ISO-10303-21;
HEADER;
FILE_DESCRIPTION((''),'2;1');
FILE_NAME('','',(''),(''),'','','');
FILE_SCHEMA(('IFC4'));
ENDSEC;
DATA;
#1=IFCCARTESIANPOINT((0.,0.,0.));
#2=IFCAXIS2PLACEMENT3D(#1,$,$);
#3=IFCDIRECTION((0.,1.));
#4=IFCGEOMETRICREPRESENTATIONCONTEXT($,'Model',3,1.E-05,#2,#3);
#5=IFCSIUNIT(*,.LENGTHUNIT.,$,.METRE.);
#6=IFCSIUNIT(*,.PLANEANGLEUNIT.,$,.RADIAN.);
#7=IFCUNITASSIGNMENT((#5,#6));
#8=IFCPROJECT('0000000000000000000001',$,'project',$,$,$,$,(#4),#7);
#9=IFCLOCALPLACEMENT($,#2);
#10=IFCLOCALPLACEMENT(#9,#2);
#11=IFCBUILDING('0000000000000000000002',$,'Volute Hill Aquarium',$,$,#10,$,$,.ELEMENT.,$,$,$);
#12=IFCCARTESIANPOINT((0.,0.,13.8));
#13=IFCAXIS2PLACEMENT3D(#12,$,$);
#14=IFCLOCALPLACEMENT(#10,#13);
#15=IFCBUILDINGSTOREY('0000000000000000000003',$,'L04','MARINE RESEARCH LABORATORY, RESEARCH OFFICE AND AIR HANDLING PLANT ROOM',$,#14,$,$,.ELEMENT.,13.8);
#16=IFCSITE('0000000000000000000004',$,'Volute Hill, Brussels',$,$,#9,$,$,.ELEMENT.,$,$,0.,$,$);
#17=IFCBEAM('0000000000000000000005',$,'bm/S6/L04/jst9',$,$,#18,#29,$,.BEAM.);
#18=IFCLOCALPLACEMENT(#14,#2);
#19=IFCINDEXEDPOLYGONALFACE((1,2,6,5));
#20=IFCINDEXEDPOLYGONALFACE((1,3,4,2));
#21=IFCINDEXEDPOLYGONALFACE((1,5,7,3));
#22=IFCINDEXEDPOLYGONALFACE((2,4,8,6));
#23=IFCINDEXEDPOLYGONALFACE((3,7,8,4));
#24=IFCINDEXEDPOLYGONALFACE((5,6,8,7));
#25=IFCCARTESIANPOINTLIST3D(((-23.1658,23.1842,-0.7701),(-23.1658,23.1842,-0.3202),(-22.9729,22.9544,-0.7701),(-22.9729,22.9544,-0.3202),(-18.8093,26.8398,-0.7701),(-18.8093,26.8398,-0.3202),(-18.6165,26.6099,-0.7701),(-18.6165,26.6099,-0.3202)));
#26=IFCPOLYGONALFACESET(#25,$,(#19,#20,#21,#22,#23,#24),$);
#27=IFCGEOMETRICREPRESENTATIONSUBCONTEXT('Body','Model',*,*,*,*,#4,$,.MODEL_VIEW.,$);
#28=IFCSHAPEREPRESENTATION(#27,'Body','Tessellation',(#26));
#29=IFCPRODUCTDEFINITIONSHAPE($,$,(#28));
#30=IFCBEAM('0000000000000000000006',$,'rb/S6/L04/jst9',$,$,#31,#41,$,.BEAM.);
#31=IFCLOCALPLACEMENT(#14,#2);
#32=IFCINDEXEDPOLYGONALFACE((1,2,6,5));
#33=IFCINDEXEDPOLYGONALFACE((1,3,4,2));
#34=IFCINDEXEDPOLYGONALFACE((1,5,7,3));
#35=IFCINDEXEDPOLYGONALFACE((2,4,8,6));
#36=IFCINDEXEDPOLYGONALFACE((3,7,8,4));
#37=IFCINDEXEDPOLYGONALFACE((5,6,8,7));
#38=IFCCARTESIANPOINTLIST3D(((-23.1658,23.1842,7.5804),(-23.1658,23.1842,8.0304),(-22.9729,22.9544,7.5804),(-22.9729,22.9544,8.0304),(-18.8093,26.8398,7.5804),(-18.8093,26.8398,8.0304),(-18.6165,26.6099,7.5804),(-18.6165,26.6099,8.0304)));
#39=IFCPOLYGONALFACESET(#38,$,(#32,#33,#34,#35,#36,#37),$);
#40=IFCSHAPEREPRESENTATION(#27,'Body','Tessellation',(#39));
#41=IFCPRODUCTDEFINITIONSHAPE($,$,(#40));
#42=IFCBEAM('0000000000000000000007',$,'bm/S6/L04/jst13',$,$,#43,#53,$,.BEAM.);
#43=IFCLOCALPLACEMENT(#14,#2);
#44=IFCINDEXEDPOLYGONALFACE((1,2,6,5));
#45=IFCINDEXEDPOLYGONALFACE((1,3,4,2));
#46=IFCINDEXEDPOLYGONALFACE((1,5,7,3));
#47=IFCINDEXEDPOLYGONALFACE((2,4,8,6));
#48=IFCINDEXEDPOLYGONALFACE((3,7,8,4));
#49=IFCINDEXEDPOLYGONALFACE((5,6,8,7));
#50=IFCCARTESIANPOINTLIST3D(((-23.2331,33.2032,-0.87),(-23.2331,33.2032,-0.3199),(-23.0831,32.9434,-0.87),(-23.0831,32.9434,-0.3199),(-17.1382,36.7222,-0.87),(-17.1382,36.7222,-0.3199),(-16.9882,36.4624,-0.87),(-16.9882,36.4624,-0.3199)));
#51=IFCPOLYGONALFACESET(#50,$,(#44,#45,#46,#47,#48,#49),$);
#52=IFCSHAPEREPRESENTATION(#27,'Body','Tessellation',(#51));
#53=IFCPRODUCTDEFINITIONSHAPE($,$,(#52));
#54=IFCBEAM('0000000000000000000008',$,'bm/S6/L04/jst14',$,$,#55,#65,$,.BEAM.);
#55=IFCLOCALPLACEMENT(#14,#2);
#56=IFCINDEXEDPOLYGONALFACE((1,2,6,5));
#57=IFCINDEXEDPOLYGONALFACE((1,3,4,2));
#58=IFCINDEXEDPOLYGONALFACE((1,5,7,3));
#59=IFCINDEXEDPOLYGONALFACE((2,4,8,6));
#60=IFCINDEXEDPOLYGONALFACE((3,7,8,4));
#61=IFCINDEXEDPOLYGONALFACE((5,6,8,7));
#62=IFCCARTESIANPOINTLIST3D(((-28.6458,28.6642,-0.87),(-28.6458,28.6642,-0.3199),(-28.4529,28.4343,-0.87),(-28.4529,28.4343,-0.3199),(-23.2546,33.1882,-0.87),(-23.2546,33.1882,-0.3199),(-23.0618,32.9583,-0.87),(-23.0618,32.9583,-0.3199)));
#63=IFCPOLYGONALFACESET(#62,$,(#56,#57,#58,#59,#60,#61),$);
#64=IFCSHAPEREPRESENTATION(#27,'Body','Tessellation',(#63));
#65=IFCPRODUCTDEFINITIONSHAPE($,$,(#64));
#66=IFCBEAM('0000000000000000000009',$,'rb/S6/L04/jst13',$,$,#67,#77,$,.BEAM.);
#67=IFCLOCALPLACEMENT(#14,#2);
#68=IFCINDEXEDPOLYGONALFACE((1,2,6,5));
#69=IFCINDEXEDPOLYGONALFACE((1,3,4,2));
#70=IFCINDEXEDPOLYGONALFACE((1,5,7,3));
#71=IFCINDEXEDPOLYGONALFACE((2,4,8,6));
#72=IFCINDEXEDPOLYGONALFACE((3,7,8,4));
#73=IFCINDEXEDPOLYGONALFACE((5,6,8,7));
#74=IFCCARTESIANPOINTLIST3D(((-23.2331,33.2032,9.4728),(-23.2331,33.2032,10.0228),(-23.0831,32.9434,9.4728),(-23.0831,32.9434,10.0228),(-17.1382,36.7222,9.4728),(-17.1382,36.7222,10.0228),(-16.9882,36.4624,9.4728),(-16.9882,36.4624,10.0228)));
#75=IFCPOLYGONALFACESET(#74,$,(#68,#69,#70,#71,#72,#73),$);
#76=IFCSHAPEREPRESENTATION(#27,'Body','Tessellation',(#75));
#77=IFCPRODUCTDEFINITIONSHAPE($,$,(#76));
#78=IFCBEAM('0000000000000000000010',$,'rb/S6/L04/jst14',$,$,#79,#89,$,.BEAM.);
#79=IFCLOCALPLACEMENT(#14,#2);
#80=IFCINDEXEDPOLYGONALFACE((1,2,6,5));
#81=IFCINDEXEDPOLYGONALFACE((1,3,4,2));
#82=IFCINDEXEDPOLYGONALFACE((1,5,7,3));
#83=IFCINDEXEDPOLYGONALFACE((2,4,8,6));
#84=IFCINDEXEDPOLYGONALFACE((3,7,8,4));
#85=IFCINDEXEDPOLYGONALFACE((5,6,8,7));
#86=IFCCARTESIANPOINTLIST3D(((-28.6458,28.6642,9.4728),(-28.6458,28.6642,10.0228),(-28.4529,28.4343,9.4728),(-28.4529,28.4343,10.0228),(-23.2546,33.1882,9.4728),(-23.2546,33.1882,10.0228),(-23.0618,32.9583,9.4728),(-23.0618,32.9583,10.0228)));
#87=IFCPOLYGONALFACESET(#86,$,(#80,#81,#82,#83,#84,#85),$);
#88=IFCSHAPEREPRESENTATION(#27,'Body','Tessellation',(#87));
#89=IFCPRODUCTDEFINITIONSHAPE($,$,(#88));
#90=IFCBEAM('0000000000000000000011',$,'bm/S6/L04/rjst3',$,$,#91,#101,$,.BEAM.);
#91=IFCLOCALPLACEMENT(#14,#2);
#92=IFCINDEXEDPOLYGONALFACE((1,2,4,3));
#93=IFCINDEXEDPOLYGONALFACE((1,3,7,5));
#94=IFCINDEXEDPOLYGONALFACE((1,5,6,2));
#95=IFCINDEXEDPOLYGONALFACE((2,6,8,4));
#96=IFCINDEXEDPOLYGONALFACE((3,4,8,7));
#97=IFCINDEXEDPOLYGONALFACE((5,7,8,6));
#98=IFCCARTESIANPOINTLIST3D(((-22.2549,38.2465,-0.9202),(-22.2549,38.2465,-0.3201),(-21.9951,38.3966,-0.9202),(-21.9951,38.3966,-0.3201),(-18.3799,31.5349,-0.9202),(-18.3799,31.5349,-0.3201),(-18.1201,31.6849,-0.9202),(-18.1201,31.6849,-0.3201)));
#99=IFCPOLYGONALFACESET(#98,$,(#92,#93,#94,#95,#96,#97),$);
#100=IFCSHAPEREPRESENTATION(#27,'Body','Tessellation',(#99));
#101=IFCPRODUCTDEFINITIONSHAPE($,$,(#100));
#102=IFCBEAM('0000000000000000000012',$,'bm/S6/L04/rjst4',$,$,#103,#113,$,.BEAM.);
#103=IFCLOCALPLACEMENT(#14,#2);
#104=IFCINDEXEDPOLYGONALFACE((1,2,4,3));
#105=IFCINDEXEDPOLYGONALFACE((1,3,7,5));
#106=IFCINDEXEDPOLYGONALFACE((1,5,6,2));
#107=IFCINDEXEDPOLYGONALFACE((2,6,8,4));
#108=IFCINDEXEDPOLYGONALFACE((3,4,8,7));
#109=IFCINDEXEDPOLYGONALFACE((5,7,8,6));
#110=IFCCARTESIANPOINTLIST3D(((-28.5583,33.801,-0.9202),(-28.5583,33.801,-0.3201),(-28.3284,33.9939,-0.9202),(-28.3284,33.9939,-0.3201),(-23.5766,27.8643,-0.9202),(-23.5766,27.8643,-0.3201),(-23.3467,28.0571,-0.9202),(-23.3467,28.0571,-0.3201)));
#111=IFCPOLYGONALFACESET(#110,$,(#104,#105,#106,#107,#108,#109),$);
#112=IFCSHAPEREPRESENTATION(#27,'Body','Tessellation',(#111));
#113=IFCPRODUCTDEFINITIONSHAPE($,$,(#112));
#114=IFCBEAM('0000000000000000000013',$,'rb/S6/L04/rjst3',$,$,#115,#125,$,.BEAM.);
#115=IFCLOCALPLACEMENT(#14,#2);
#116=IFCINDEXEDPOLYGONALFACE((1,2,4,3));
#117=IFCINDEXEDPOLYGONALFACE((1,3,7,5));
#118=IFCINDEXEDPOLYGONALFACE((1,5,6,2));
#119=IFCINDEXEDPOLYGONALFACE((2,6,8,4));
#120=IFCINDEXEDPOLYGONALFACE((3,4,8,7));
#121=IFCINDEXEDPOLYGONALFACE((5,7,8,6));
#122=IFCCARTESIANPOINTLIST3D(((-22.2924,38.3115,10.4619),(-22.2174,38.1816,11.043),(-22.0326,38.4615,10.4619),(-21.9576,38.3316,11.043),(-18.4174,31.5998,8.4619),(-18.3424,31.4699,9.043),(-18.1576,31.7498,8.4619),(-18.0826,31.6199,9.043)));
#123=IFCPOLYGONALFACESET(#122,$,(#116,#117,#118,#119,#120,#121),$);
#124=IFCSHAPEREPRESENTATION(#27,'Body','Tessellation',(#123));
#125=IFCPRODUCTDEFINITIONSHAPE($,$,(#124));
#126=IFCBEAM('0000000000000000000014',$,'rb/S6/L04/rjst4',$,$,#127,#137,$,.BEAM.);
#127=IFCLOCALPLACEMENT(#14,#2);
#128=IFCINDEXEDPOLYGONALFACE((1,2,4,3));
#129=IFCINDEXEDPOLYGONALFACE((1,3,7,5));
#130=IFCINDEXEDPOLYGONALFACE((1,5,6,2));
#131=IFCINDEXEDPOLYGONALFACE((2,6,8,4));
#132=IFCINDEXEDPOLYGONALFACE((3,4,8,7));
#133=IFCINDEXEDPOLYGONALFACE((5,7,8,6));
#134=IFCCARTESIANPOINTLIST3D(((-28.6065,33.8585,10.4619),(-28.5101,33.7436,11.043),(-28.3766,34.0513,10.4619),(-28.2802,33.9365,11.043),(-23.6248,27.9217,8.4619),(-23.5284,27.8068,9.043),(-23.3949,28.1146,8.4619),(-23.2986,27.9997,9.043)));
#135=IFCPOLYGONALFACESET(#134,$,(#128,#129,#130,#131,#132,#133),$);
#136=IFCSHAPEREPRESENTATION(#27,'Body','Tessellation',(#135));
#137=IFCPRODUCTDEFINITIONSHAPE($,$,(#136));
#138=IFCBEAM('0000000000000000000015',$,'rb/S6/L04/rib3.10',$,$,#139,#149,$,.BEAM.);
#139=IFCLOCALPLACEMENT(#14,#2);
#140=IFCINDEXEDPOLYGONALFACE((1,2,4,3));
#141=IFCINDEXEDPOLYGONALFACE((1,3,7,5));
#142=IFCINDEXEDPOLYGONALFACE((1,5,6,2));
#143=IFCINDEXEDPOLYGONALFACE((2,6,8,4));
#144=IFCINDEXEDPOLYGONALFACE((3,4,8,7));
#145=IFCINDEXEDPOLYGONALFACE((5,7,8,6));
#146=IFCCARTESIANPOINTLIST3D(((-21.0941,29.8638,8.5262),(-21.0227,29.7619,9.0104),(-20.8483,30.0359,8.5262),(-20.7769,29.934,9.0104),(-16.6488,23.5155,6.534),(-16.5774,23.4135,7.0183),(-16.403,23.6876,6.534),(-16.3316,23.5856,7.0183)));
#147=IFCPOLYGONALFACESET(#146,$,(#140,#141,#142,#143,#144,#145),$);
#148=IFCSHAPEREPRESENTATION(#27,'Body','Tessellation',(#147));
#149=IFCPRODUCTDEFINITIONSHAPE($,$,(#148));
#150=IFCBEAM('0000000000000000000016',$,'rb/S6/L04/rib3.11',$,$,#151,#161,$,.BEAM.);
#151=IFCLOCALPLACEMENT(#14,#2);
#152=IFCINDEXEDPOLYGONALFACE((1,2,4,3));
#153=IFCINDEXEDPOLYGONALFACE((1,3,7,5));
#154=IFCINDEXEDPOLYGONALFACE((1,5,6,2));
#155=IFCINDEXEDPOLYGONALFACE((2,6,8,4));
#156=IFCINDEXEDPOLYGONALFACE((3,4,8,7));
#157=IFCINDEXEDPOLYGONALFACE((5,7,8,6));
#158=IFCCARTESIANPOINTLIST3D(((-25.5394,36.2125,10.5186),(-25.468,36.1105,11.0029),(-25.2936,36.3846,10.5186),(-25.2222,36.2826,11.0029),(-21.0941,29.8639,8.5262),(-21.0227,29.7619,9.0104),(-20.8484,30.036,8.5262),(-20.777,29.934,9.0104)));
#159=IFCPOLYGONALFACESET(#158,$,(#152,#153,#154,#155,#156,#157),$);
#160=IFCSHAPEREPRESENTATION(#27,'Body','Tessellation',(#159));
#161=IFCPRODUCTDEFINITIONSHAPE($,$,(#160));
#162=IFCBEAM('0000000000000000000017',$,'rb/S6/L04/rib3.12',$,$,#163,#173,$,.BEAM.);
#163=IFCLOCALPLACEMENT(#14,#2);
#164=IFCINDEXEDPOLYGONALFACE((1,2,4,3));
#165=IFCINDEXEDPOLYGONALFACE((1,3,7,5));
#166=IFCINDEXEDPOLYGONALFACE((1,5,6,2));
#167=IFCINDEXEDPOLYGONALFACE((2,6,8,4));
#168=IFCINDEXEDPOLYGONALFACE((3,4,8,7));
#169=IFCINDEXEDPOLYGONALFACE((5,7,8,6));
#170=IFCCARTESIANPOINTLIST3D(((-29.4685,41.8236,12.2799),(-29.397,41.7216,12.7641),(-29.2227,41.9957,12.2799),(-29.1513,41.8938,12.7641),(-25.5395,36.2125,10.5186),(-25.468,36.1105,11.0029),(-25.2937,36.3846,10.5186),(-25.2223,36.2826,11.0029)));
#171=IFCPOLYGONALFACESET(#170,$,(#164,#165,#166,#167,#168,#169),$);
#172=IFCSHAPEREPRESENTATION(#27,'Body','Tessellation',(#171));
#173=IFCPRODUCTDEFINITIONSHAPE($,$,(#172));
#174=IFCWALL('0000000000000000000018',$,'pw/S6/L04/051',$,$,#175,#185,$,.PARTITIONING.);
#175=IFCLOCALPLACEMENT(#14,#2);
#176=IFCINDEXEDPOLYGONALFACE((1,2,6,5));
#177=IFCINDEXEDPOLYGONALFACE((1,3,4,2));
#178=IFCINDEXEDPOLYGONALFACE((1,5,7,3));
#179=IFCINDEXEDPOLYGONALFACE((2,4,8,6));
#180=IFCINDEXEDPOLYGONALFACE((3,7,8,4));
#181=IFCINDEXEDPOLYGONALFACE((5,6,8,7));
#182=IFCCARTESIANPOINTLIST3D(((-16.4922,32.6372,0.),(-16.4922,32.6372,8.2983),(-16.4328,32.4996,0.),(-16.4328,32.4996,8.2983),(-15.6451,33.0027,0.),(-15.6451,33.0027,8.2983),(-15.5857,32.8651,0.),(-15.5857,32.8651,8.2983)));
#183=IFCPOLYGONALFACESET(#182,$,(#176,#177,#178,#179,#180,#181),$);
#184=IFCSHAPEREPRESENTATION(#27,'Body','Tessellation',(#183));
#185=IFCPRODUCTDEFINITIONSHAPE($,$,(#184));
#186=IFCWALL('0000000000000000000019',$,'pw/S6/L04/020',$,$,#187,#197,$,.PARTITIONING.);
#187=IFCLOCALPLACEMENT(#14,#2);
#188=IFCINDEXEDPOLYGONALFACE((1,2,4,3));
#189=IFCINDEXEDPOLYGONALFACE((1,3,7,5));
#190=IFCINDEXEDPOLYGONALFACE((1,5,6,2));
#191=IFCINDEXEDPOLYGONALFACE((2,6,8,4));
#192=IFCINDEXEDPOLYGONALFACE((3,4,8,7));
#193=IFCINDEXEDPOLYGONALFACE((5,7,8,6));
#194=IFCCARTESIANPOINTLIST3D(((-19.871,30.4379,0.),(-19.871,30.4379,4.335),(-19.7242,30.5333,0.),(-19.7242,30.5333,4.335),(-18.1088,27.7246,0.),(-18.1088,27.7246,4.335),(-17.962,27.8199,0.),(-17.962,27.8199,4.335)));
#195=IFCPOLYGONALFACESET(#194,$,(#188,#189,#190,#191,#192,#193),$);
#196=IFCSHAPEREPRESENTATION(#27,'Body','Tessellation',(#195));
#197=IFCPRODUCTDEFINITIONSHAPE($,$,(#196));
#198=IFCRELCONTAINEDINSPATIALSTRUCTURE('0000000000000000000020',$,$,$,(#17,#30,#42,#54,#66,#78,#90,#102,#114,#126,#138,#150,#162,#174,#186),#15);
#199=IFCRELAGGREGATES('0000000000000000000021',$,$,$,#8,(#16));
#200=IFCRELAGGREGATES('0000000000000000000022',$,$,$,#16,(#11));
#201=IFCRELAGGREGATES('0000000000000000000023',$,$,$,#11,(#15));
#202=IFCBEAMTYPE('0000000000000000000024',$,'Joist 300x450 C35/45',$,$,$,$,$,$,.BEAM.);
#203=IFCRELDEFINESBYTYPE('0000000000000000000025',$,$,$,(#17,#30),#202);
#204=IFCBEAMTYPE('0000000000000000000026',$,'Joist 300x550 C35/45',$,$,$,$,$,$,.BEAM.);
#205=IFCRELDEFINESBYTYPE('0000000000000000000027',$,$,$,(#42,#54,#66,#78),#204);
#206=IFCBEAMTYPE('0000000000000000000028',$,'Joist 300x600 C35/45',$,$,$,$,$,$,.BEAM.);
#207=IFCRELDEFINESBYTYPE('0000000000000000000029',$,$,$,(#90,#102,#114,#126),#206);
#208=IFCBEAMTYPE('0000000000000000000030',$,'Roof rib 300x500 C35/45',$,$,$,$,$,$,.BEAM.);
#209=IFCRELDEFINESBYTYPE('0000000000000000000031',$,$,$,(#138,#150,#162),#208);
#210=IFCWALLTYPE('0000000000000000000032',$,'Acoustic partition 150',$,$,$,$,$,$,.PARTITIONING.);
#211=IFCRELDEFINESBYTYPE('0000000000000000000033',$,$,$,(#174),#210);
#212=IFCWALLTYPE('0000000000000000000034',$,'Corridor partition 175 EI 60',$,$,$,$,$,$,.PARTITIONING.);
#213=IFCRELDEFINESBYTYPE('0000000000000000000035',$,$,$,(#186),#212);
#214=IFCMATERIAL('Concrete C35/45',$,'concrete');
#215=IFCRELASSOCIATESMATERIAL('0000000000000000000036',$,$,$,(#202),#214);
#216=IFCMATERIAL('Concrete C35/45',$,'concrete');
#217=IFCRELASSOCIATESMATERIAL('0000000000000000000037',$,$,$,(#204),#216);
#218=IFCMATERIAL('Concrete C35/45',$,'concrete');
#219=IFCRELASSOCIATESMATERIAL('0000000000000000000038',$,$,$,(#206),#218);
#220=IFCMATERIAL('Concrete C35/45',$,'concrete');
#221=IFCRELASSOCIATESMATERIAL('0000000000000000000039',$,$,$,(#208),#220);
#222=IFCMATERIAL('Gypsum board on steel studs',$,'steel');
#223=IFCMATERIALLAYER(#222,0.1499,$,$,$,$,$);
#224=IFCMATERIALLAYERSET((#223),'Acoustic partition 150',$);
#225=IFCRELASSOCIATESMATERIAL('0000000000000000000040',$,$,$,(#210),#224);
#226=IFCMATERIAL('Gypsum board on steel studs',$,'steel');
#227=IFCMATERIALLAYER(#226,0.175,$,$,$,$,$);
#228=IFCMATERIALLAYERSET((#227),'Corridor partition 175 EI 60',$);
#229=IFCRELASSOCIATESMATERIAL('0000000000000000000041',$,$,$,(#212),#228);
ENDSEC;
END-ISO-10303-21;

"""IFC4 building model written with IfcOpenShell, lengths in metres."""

from ifc_helpers import new_model, si_unit, direction, frame, frame_2d, origin, origin_2d, place, context, subcontext, project, spatial, rectangle, extrude, material, layer, layer_set, material_profile, profile_set, type_object, element, save


model = new_model("IFC4")

# Units and contexts
model_context = context("Model", 3, precision=1e-05, world=origin(), true_north=direction((0.0, 1.0)))
body_context = subcontext(model_context, "Body", "Model", "MODEL_VIEW")
ifc_project = project(units=[si_unit("LENGTHUNIT", "METRE"), si_unit("PLANEANGLEUNIT", "RADIAN")], contexts=[model_context])

# Site, building, storey
site_placement = place(None, origin())
site = spatial("IfcSite", under=ifc_project, at=site_placement, Name="Volute Hill, Brussels", CompositionType="ELEMENT", RefElevation=0.0)
building_placement = place(site_placement, origin())
building = spatial("IfcBuilding", under=site, at=building_placement, Name="Volute Hill Aquarium", CompositionType="ELEMENT")
storey_placement = place(building_placement, frame((0.0, 0.0, 13.8)))
storey = spatial("IfcBuildingStorey", under=building, at=storey_placement, Name="L04", Description="MARINE RESEARCH LABORATORY, RESEARCH OFFICE AND AIR HANDLING PLANT ROOM", CompositionType="ELEMENT", Elevation=13.8)

# Beams
ifc_material_1 = material(Name="Concrete C35/45", Category="concrete")
ifc_material_profile_1 = material_profile(ifc_material_1, rectangle(XDim=0.3, YDim=0.45, at=origin_2d()), Name="RC joist 300x450")
ifc_profile_set_1 = profile_set([ifc_material_profile_1], Name="Concrete C35/45")
beam_type_1 = type_object("IfcBeamType", Name="Joist 300x450 C35/45", PredefinedType="BEAM", material=ifc_profile_set_1)
for number, where, z_axis, x_axis, name in (
    (1, (-18.7129, 26.7249, -0.5452), (-0.766042, -0.64279, 0.0), (0.64279, -0.766042, 0.0), "bm/S6/L04/jst9"),
    (2, (-18.7129, 26.7249, 7.8054), (-0.766042, -0.64279, 0.0), (0.64279, -0.766042, 0.0), "rb/S6/L04/jst9"),
):
    element("IfcBeam", number, at=place(storey_placement, frame(where, z_axis=z_axis, x_axis=x_axis)), inside=storey, type_object=beam_type_1, Name=name, PredefinedType="BEAM", context=body_context, shape_type="SweptSolid", body=[
        extrude(rectangle(XDim=0.3, YDim=0.45, at=origin_2d()), origin(), (0.0, 0.0, 1.0), 5.687),
    ])
ifc_material_2 = material(Name="Concrete C35/45", Category="concrete")
ifc_material_profile_2 = material_profile(ifc_material_2, rectangle(XDim=0.3, YDim=0.55, at=origin_2d()), Name="RC joist 300x550")
ifc_profile_set_2 = profile_set([ifc_material_profile_2], Name="Concrete C35/45")
beam_type_2 = type_object("IfcBeamType", Name="Joist 300x550 C35/45", PredefinedType="BEAM", material=ifc_profile_set_2)
for number, where, z_axis, x_axis, name in (
    (3, (-17.0632, 36.5923, -0.595), (-0.866019, -0.500012, 0.0), (0.500012, -0.866019, 0.0), "bm/S6/L04/jst13"),
    (4, (-23.1582, 33.0732, -0.595), (-0.766027, -0.642808, 0.0), (0.642808, -0.766027, 0.0), "bm/S6/L04/jst14"),
    (5, (-17.0632, 36.5923, 9.7478), (-0.866019, -0.500012, 0.0), (0.500012, -0.866019, 0.0), "rb/S6/L04/jst13"),
    (6, (-23.1582, 33.0732, 9.7478), (-0.766027, -0.642808, 0.0), (0.642808, -0.766027, 0.0), "rb/S6/L04/jst14"),
):
    element("IfcBeam", number, at=place(storey_placement, frame(where, z_axis=z_axis, x_axis=x_axis)), inside=storey, type_object=beam_type_2, Name=name, PredefinedType="BEAM", context=body_context, shape_type="SweptSolid", body=[
        extrude(rectangle(XDim=0.3, YDim=0.55, at=origin_2d()), origin(), (0.0, 0.0, 1.0), 7.0378),
    ])
ifc_material_3 = material(Name="Concrete C35/45", Category="concrete")
ifc_material_profile_3 = material_profile(ifc_material_3, rectangle(XDim=0.3, YDim=0.6001, at=origin_2d()), Name="RC joist 300x600")
ifc_profile_set_3 = profile_set([ifc_material_profile_3], Name="Concrete C35/45")
beam_type_3 = type_object("IfcBeamType", Name="Joist 300x600 C35/45", PredefinedType="BEAM", material=ifc_profile_set_3)
for number, where, z_axis, x_axis, name in (
    (7, (-18.25, 31.6099, -0.6201), (-0.500002, 0.866025, 0.0), (-0.866025, -0.500002, 0.0), "bm/S6/L04/rjst3"),
    (8, (-23.4617, 27.9607, -0.6201), (-0.642799, 0.766035, 0.0), (-0.766035, -0.642799, 0.0), "bm/S6/L04/rjst4"),
):
    element("IfcBeam", number, at=place(storey_placement, frame(where, z_axis=z_axis, x_axis=x_axis)), inside=storey, type_object=beam_type_3, Name=name, PredefinedType="BEAM", context=body_context, shape_type="SweptSolid", body=[
        extrude(rectangle(XDim=0.3, YDim=0.6001, at=origin_2d()), origin(), (0.0, 0.0, 1.0), 7.75),
    ])
for number, where, z_axis, x_axis, name in (
    (9, (-18.25, 31.6099, 8.7524), (-0.48414, 0.838552, 0.249879), (-0.866025, -0.500002, 0.0), "rb/S6/L04/rjst3"),
    (10, (-23.4617, 27.9607, 8.7524), (-0.622408, 0.741734, 0.249878), (-0.766035, -0.642799, 0.0), "rb/S6/L04/rjst4"),
):
    element("IfcBeam", number, at=place(storey_placement, frame(where, z_axis=z_axis, x_axis=x_axis)), inside=storey, type_object=beam_type_3, Name=name, PredefinedType="BEAM", context=body_context, shape_type="SweptSolid", body=[
        extrude(rectangle(XDim=0.3, YDim=0.6001, at=origin_2d()), origin(), (0.0, 0.0, 1.0), 8.0039),
    ])
ifc_material_4 = material(Name="Concrete C35/45", Category="concrete")
ifc_material_profile_4 = material_profile(ifc_material_4, rectangle(XDim=0.3, YDim=0.5, at=origin_2d()), Name="RC rib 300x500")
ifc_profile_set_4 = profile_set([ifc_material_profile_4], Name="Concrete C35/45")
beam_type_4 = type_object("IfcBeamType", Name="Roof rib 300x500 C35/45", PredefinedType="BEAM", material=ifc_profile_set_4)
beam_1_placement = place(storey_placement, frame((-16.4902, 23.5505, 6.7761), z_axis=(-0.555527, 0.793352, 0.248962), x_axis=(-0.819145, -0.573587, 0.0)))
element("IfcBeam", 11, at=beam_1_placement, inside=storey, type_object=beam_type_4, Name="rb/S6/L04/rib3.10", PredefinedType="BEAM", context=body_context, shape_type="SweptSolid", body=[
    extrude(rectangle(XDim=0.3, YDim=0.5, at=origin_2d()), origin(), (0.0, 0.0, 1.0), 8.002),
])
beam_2_placement = place(storey_placement, frame((-20.9355, 29.8989, 8.7683), z_axis=(-0.555509, 0.793358, 0.248984), x_axis=(-0.819155, -0.573572, 0.0)))
element("IfcBeam", 12, at=beam_2_placement, inside=storey, type_object=beam_type_4, Name="rb/S6/L04/rib3.11", PredefinedType="BEAM", context=body_context, shape_type="SweptSolid", body=[
    extrude(rectangle(XDim=0.3, YDim=0.5, at=origin_2d()), origin(), (0.0, 0.0, 1.0), 8.0022),
])
beam_3_placement = place(storey_placement, frame((-25.3809, 36.2476, 10.7607), z_axis=(-0.555511, 0.793346, 0.249019), x_axis=(-0.81915, -0.57358, 0.0)))
element("IfcBeam", 13, at=beam_3_placement, inside=storey, type_object=beam_type_4, Name="rb/S6/L04/rib3.12", PredefinedType="BEAM", context=body_context, shape_type="SweptSolid", body=[
    extrude(rectangle(XDim=0.3, YDim=0.5, at=origin_2d()), origin(), (0.0, 0.0, 1.0), 7.0728),
])

# Walls
ifc_material_5 = material(Name="Gypsum board on steel studs", Category="steel")
ifc_layer_1 = layer(ifc_material_5, 0.1499)
ifc_layer_set_1 = layer_set([ifc_layer_1], Name="Acoustic partition 150")
wall_type_1 = type_object("IfcWallType", Name="Acoustic partition 150", PredefinedType="PARTITIONING", material=ifc_layer_set_1)
wall_1_placement = place(storey_placement, frame((-16.4626, 32.5684, 0.0), z_axis=(0.0, 0.0, 1.0), x_axis=(0.918198, 0.396122, 0.0)))
element("IfcWall", 14, at=wall_1_placement, inside=storey, type_object=wall_type_1, Name="pw/S6/L04/051", PredefinedType="PARTITIONING", context=body_context, shape_type="SweptSolid", body=[
    extrude(rectangle(XDim=0.9226, YDim=0.1499, at=frame_2d((0.4614, 0.0))), origin(), (0.0, 0.0, 1.0), 8.2983),
])
ifc_material_6 = material(Name="Gypsum board on steel studs", Category="steel")
ifc_layer_2 = layer(ifc_material_6, 0.175)
ifc_layer_set_2 = layer_set([ifc_layer_2], Name="Corridor partition 175 EI 60")
wall_type_2 = type_object("IfcWallType", Name="Corridor partition 175 EI 60", PredefinedType="PARTITIONING", material=ifc_layer_set_2)
wall_2_placement = place(storey_placement, frame((-19.7976, 30.4856, 0.0), z_axis=(0.0, 0.0, 1.0), x_axis=(0.544665, -0.838654, 0.0)))
element("IfcWall", 15, at=wall_2_placement, inside=storey, type_object=wall_type_2, Name="pw/S6/L04/020", PredefinedType="PARTITIONING", context=body_context, shape_type="SweptSolid", body=[
    extrude(rectangle(XDim=3.2354, YDim=0.175, at=frame_2d((1.6177, 0.0))), origin(), (0.0, 0.0, 1.0), 4.335),
])

save(model, "model.ifc")
